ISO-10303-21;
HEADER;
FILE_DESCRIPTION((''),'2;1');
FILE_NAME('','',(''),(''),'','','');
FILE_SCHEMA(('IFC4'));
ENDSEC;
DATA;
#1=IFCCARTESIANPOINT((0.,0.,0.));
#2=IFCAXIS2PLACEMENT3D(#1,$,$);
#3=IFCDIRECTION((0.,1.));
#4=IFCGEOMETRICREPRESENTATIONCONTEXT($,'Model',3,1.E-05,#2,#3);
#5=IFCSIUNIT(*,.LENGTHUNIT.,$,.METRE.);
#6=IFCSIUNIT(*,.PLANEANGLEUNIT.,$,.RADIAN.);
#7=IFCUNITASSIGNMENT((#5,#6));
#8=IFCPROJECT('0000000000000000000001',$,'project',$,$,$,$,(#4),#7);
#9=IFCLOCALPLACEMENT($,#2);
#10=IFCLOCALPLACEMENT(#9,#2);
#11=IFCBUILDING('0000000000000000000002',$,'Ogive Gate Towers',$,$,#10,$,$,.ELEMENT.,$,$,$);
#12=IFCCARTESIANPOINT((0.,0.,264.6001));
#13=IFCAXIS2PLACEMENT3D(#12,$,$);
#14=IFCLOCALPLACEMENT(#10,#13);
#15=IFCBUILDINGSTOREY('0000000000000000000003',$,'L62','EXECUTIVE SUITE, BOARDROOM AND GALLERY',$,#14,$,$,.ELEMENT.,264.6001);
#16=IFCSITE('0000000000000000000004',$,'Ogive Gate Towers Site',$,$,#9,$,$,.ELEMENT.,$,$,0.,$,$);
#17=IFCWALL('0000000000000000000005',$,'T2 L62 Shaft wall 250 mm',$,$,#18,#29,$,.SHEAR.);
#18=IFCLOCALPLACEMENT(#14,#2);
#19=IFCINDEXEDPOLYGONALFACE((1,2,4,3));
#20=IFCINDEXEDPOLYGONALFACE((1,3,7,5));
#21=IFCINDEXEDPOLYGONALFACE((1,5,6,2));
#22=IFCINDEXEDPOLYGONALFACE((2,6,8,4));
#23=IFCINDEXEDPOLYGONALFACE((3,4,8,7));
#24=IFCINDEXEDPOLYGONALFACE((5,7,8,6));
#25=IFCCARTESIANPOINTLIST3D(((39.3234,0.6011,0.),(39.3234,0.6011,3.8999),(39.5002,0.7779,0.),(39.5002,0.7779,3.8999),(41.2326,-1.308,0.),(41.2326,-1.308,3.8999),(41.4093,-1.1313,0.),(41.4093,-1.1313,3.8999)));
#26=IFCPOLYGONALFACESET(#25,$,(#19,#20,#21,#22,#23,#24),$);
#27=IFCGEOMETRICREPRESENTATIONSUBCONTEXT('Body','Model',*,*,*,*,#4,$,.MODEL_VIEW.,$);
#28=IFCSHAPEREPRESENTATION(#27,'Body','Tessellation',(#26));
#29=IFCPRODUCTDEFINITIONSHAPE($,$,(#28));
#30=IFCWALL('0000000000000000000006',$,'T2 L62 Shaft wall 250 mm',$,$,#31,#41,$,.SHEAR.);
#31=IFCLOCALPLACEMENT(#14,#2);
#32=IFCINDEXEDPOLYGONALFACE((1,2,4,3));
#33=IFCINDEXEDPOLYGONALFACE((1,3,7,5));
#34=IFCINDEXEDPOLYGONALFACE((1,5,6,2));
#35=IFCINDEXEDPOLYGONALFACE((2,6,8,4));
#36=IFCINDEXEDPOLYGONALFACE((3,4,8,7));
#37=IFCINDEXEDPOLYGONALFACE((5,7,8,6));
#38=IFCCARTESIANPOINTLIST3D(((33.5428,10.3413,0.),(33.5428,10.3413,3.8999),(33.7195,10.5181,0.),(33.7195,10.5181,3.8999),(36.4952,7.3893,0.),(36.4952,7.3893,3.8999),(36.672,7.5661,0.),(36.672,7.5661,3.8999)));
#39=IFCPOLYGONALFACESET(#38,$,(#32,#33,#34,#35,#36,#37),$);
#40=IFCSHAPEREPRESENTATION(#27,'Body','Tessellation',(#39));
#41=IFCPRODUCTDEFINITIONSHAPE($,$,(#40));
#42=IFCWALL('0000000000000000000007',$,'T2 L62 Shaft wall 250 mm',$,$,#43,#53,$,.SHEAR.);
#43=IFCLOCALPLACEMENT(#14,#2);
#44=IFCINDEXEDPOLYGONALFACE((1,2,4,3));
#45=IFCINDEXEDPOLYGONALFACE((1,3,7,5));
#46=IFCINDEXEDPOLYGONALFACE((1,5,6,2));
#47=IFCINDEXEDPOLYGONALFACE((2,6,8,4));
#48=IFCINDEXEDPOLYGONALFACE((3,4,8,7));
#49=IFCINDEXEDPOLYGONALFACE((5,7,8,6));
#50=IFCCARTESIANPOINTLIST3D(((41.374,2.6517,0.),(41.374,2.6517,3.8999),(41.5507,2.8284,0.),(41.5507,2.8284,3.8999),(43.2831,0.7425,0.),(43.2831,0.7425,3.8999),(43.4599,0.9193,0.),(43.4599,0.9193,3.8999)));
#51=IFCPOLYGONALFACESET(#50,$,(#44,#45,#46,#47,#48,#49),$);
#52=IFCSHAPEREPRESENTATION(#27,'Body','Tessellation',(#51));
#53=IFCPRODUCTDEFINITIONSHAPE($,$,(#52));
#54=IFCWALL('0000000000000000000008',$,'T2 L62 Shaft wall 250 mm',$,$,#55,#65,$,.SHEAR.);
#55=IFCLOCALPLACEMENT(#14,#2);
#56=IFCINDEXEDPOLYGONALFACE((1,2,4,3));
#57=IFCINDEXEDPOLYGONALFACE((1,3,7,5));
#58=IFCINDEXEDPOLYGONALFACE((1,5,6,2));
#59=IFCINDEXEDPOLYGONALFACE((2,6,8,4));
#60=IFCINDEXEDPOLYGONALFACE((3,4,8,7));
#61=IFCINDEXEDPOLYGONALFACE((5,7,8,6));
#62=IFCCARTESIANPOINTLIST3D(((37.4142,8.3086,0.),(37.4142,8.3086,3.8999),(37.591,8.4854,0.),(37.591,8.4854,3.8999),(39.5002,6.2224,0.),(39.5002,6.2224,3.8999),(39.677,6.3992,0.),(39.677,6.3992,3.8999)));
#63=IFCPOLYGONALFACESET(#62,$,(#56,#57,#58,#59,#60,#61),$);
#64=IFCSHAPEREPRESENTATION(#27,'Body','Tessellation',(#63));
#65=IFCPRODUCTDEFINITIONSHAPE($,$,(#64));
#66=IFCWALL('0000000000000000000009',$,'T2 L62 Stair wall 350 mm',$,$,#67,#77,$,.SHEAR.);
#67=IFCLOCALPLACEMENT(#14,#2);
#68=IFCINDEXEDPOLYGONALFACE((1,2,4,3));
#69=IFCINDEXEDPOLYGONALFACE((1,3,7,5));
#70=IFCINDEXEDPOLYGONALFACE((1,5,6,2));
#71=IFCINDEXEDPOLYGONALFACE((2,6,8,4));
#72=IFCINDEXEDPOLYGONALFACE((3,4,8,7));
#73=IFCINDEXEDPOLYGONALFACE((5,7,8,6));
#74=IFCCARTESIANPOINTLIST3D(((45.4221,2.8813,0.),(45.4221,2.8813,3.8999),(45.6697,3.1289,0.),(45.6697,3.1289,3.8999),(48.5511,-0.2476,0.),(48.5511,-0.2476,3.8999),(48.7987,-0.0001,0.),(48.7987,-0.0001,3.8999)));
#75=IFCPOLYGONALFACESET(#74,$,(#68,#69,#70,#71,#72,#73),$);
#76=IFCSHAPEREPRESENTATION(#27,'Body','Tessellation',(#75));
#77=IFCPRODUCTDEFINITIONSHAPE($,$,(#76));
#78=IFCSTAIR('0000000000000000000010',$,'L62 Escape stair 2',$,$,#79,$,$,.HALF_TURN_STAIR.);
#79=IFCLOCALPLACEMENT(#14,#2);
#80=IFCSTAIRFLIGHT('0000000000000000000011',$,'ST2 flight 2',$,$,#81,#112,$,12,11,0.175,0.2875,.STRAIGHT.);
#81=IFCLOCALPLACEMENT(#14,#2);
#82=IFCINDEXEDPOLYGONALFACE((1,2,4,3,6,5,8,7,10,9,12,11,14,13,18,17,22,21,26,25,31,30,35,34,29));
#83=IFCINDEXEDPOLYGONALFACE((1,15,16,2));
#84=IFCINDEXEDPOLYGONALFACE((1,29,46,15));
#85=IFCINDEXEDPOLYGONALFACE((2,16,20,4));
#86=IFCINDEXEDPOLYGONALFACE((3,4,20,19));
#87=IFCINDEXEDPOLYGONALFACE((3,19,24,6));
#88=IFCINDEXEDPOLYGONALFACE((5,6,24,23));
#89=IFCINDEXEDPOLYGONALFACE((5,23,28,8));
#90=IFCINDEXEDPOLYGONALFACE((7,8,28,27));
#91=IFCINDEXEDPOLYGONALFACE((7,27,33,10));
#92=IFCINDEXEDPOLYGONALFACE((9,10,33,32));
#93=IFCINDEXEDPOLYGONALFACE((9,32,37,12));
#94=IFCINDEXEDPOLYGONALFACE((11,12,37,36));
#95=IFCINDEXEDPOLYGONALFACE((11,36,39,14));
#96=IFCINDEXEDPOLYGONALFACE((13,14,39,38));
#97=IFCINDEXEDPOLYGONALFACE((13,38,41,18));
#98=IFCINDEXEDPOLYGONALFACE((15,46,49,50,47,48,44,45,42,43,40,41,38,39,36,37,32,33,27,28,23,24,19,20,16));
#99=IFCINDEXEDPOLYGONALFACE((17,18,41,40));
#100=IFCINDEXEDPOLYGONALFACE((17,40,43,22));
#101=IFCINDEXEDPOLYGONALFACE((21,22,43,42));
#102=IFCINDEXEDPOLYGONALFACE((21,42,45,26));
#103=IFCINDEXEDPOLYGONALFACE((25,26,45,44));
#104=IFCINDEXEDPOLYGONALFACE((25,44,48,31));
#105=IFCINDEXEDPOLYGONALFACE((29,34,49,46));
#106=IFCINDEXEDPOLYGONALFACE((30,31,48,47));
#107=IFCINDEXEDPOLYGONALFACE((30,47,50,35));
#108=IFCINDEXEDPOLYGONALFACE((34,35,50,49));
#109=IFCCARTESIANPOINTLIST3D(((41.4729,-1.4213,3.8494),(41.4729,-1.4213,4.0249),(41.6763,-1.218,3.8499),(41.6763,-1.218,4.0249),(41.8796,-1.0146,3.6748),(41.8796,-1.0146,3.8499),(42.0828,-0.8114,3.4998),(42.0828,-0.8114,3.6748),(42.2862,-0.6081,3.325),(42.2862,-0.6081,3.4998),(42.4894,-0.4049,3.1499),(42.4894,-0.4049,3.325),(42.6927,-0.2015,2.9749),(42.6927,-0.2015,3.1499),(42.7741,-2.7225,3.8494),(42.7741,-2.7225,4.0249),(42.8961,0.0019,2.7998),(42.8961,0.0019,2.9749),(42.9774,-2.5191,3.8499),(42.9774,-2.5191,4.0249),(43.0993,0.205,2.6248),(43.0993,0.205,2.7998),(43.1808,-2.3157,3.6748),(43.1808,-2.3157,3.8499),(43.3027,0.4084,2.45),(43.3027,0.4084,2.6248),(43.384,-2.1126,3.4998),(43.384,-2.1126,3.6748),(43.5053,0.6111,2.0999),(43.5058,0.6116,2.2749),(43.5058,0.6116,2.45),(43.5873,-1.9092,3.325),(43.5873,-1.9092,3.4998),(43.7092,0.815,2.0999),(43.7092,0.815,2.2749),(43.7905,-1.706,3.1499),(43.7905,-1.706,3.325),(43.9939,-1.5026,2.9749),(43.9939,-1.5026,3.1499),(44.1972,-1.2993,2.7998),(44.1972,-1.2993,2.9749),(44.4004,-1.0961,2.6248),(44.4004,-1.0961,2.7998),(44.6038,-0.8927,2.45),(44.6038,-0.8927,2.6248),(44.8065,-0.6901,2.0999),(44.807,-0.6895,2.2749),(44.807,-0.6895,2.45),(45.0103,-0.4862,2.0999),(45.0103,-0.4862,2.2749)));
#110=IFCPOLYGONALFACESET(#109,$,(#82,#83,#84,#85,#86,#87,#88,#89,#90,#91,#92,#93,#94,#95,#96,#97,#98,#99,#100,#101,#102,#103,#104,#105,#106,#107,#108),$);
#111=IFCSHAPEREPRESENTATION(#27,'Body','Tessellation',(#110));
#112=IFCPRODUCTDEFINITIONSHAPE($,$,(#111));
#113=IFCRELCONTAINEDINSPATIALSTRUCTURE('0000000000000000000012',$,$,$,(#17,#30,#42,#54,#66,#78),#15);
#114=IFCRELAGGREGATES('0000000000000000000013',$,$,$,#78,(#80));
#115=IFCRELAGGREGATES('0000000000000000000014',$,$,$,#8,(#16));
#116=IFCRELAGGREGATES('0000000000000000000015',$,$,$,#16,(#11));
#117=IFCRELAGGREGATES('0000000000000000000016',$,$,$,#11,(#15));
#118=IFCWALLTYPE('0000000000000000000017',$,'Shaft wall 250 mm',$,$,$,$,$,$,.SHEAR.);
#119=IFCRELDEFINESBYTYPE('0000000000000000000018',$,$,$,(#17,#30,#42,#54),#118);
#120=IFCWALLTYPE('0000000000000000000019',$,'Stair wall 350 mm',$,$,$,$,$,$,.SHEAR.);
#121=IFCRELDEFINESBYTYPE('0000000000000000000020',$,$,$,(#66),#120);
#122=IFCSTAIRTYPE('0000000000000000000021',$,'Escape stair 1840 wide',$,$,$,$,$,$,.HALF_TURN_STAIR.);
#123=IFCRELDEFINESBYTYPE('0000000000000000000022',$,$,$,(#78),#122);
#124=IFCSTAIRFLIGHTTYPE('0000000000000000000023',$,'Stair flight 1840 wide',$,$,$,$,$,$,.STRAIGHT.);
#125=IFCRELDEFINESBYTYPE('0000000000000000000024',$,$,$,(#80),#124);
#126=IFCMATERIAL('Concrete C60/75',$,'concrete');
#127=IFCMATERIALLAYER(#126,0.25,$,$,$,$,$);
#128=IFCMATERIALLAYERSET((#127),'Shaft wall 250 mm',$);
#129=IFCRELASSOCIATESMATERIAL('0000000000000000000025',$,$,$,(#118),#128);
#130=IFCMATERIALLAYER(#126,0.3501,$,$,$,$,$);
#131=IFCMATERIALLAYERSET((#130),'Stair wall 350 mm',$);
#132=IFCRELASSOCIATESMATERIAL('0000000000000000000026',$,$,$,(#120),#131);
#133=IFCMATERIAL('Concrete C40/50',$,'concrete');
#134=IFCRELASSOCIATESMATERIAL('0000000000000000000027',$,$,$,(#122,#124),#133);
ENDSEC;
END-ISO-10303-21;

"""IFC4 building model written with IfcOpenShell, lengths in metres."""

from ifc_helpers import new_model, si_unit, direction, frame, frame_2d, origin, place, context, subcontext, project, spatial, polyline, rectangle, outline, extrude, material, layer, layer_set, type_object, element, aggregate, save


model = new_model("IFC4")

# Units and contexts
model_context = context("Model", 3, precision=1e-05, world=origin(), true_north=direction((0.0, 1.0)))
body_context = subcontext(model_context, "Body", "Model", "MODEL_VIEW")
ifc_project = project(units=[si_unit("LENGTHUNIT", "METRE"), si_unit("PLANEANGLEUNIT", "RADIAN")], contexts=[model_context])

# Site, building, storey
site_placement = place(None, origin())
site = spatial("IfcSite", under=ifc_project, at=site_placement, Name="Ogive Gate Towers Site", CompositionType="ELEMENT", RefElevation=0.0)
building_placement = place(site_placement, origin())
building = spatial("IfcBuilding", under=site, at=building_placement, Name="Ogive Gate Towers", CompositionType="ELEMENT")
storey_placement = place(building_placement, frame((0.0, 0.0, 264.6001)))
storey = spatial("IfcBuildingStorey", under=building, at=storey_placement, Name="L62", Description="EXECUTIVE SUITE, BOARDROOM AND GALLERY", CompositionType="ELEMENT", Elevation=264.6001)

# Shared definitions
ifc_material_1 = material(Name="Concrete C40/50", Category="concrete")

# Shared definitions
ifc_material_2 = material(Name="Concrete C60/75", Category="concrete")

# Walls
ifc_layer_1 = layer(ifc_material_2, 0.25)
ifc_layer_set_1 = layer_set([ifc_layer_1], Name="Shaft wall 250 mm")
wall_type_1 = type_object("IfcWallType", Name="Shaft wall 250 mm", PredefinedType="SHEAR", material=ifc_layer_set_1)
wall_1_placement = place(storey_placement, frame((41.321, -1.2197, 0.0), z_axis=(0.0, 0.0, 1.0), x_axis=(-0.707107, 0.707107, 0.0)))
element("IfcWall", 1, at=wall_1_placement, inside=storey, type_object=wall_type_1, Name="T2 L62 Shaft wall 250 mm", PredefinedType="SHEAR", context=body_context, shape_type="SweptSolid", body=[
    extrude(rectangle(XDim=2.7, YDim=0.25, at=frame_2d((1.3501, 0.0))), origin(), (0.0, 0.0, 1.0), 3.8999),
])
wall_2_placement = place(storey_placement, frame((36.5835, 7.4778, 0.0), z_axis=(0.0, 0.0, 1.0), x_axis=(-0.707165, 0.707048, 0.0)))
element("IfcWall", 2, at=wall_2_placement, inside=storey, type_object=wall_type_1, Name="T2 L62 Shaft wall 250 mm", PredefinedType="SHEAR", context=body_context, shape_type="SweptSolid", body=[
    extrude(rectangle(XDim=4.175, YDim=0.25, at=frame_2d((2.0874, 0.0))), origin(), (0.0, 0.0, 1.0), 3.8999),
])
wall_3_placement = place(storey_placement, frame((43.3716, 0.8308, 0.0), z_axis=(0.0, 0.0, 1.0), x_axis=(-0.707107, 0.707107, 0.0)))
element("IfcWall", 3, at=wall_3_placement, inside=storey, type_object=wall_type_1, Name="T2 L62 Shaft wall 250 mm", PredefinedType="SHEAR", context=body_context, shape_type="SweptSolid", body=[
    extrude(rectangle(XDim=2.7, YDim=0.25, at=frame_2d((1.3501, 0.0))), origin(), (0.0, 0.0, 1.0), 3.8999),
])
wall_4_placement = place(storey_placement, frame((39.5886, 6.3108, 0.0), z_axis=(0.0, 0.0, 1.0), x_axis=(-0.707065, 0.707148, 0.0)))
element("IfcWall", 4, at=wall_4_placement, inside=storey, type_object=wall_type_1, Name="T2 L62 Shaft wall 250 mm", PredefinedType="SHEAR", context=body_context, shape_type="SweptSolid", body=[
    extrude(rectangle(XDim=2.9502, YDim=0.25, at=frame_2d((1.4751, 0.0))), origin(), (0.0, 0.0, 1.0), 3.8999),
])
ifc_layer_2 = layer(ifc_material_2, 0.3501)
ifc_layer_set_2 = layer_set([ifc_layer_2], Name="Stair wall 350 mm")
wall_type_2 = type_object("IfcWallType", Name="Stair wall 350 mm", PredefinedType="SHEAR", material=ifc_layer_set_2)
wall_5_placement = place(storey_placement, frame((48.6748, -0.1238, 0.0), z_axis=(0.0, 0.0, 1.0), x_axis=(-0.707107, 0.707107, 0.0)))
element("IfcWall", 5, at=wall_5_placement, inside=storey, type_object=wall_type_2, Name="T2 L62 Stair wall 350 mm", PredefinedType="SHEAR", context=body_context, shape_type="SweptSolid", body=[
    extrude(rectangle(XDim=4.425, YDim=0.3501, at=frame_2d((2.2124, 0.0))), origin(), (0.0, 0.0, 1.0), 3.8999),
])

# Stair, stair flight
stair_type = type_object("IfcStairType", Name="Escape stair 1840 wide", PredefinedType="HALF_TURN_STAIR", material=ifc_material_1)
stair_placement = place(storey_placement, origin())
stair = element("IfcStair", 6, at=stair_placement, inside=storey, type_object=stair_type, Name="L62 Escape stair 2", PredefinedType="HALF_TURN_STAIR")
stair_flight_type = type_object("IfcStairFlightType", Name="Stair flight 1840 wide", PredefinedType="STRAIGHT", material=ifc_material_1)
stair_flight_placement = place(storey_placement, frame((44.3599, 0.1643, 2.0999), z_axis=(0.0, 0.0, 1.0), x_axis=(-0.707107, -0.707107, 0.0)))
stair_flight = element("IfcStairFlight", 7, at=stair_flight_placement, type_object=stair_flight_type, Name="ST2 flight 2", NumberOfRisers=12, NumberOfTreads=11, PredefinedType="STRAIGHT", RiserHeight=0.175, TreadLength=0.2875, context=body_context, shape_type="SweptSolid", body=[
    extrude(outline(polyline([(0.0, 0.0), (0.0, 0.175), (0.2876, 0.175), (0.2876, 0.3501), (0.575, 0.3501), (0.575, 0.5249), (0.8625, 0.5249), (0.8625, 0.7), (1.1499, 0.7), (1.1499, 0.875), (1.4375, 0.875), (1.4375, 1.05), (1.7251, 1.05), (1.7251, 1.2251), (2.0125, 1.2251), (2.0125, 1.3999), (2.3, 1.3999), (2.3, 1.575), (2.5874, 1.575), (2.5874, 1.75), (2.875, 1.75), (2.875, 1.925), (3.1626, 1.925), (3.1626, 2.1001), (3.1626, 1.7495), (0.2883, 0.0), (0.0, 0.0)])), frame((0.0, 0.9199, 0.0), z_axis=(0.0, -1.0, 0.0), x_axis=(1.0, 0.0, 0.0)), (0.0, 0.0, 1.0), 1.8401),
])
aggregate(stair, [stair_flight])

save(model, "model.ifc")
